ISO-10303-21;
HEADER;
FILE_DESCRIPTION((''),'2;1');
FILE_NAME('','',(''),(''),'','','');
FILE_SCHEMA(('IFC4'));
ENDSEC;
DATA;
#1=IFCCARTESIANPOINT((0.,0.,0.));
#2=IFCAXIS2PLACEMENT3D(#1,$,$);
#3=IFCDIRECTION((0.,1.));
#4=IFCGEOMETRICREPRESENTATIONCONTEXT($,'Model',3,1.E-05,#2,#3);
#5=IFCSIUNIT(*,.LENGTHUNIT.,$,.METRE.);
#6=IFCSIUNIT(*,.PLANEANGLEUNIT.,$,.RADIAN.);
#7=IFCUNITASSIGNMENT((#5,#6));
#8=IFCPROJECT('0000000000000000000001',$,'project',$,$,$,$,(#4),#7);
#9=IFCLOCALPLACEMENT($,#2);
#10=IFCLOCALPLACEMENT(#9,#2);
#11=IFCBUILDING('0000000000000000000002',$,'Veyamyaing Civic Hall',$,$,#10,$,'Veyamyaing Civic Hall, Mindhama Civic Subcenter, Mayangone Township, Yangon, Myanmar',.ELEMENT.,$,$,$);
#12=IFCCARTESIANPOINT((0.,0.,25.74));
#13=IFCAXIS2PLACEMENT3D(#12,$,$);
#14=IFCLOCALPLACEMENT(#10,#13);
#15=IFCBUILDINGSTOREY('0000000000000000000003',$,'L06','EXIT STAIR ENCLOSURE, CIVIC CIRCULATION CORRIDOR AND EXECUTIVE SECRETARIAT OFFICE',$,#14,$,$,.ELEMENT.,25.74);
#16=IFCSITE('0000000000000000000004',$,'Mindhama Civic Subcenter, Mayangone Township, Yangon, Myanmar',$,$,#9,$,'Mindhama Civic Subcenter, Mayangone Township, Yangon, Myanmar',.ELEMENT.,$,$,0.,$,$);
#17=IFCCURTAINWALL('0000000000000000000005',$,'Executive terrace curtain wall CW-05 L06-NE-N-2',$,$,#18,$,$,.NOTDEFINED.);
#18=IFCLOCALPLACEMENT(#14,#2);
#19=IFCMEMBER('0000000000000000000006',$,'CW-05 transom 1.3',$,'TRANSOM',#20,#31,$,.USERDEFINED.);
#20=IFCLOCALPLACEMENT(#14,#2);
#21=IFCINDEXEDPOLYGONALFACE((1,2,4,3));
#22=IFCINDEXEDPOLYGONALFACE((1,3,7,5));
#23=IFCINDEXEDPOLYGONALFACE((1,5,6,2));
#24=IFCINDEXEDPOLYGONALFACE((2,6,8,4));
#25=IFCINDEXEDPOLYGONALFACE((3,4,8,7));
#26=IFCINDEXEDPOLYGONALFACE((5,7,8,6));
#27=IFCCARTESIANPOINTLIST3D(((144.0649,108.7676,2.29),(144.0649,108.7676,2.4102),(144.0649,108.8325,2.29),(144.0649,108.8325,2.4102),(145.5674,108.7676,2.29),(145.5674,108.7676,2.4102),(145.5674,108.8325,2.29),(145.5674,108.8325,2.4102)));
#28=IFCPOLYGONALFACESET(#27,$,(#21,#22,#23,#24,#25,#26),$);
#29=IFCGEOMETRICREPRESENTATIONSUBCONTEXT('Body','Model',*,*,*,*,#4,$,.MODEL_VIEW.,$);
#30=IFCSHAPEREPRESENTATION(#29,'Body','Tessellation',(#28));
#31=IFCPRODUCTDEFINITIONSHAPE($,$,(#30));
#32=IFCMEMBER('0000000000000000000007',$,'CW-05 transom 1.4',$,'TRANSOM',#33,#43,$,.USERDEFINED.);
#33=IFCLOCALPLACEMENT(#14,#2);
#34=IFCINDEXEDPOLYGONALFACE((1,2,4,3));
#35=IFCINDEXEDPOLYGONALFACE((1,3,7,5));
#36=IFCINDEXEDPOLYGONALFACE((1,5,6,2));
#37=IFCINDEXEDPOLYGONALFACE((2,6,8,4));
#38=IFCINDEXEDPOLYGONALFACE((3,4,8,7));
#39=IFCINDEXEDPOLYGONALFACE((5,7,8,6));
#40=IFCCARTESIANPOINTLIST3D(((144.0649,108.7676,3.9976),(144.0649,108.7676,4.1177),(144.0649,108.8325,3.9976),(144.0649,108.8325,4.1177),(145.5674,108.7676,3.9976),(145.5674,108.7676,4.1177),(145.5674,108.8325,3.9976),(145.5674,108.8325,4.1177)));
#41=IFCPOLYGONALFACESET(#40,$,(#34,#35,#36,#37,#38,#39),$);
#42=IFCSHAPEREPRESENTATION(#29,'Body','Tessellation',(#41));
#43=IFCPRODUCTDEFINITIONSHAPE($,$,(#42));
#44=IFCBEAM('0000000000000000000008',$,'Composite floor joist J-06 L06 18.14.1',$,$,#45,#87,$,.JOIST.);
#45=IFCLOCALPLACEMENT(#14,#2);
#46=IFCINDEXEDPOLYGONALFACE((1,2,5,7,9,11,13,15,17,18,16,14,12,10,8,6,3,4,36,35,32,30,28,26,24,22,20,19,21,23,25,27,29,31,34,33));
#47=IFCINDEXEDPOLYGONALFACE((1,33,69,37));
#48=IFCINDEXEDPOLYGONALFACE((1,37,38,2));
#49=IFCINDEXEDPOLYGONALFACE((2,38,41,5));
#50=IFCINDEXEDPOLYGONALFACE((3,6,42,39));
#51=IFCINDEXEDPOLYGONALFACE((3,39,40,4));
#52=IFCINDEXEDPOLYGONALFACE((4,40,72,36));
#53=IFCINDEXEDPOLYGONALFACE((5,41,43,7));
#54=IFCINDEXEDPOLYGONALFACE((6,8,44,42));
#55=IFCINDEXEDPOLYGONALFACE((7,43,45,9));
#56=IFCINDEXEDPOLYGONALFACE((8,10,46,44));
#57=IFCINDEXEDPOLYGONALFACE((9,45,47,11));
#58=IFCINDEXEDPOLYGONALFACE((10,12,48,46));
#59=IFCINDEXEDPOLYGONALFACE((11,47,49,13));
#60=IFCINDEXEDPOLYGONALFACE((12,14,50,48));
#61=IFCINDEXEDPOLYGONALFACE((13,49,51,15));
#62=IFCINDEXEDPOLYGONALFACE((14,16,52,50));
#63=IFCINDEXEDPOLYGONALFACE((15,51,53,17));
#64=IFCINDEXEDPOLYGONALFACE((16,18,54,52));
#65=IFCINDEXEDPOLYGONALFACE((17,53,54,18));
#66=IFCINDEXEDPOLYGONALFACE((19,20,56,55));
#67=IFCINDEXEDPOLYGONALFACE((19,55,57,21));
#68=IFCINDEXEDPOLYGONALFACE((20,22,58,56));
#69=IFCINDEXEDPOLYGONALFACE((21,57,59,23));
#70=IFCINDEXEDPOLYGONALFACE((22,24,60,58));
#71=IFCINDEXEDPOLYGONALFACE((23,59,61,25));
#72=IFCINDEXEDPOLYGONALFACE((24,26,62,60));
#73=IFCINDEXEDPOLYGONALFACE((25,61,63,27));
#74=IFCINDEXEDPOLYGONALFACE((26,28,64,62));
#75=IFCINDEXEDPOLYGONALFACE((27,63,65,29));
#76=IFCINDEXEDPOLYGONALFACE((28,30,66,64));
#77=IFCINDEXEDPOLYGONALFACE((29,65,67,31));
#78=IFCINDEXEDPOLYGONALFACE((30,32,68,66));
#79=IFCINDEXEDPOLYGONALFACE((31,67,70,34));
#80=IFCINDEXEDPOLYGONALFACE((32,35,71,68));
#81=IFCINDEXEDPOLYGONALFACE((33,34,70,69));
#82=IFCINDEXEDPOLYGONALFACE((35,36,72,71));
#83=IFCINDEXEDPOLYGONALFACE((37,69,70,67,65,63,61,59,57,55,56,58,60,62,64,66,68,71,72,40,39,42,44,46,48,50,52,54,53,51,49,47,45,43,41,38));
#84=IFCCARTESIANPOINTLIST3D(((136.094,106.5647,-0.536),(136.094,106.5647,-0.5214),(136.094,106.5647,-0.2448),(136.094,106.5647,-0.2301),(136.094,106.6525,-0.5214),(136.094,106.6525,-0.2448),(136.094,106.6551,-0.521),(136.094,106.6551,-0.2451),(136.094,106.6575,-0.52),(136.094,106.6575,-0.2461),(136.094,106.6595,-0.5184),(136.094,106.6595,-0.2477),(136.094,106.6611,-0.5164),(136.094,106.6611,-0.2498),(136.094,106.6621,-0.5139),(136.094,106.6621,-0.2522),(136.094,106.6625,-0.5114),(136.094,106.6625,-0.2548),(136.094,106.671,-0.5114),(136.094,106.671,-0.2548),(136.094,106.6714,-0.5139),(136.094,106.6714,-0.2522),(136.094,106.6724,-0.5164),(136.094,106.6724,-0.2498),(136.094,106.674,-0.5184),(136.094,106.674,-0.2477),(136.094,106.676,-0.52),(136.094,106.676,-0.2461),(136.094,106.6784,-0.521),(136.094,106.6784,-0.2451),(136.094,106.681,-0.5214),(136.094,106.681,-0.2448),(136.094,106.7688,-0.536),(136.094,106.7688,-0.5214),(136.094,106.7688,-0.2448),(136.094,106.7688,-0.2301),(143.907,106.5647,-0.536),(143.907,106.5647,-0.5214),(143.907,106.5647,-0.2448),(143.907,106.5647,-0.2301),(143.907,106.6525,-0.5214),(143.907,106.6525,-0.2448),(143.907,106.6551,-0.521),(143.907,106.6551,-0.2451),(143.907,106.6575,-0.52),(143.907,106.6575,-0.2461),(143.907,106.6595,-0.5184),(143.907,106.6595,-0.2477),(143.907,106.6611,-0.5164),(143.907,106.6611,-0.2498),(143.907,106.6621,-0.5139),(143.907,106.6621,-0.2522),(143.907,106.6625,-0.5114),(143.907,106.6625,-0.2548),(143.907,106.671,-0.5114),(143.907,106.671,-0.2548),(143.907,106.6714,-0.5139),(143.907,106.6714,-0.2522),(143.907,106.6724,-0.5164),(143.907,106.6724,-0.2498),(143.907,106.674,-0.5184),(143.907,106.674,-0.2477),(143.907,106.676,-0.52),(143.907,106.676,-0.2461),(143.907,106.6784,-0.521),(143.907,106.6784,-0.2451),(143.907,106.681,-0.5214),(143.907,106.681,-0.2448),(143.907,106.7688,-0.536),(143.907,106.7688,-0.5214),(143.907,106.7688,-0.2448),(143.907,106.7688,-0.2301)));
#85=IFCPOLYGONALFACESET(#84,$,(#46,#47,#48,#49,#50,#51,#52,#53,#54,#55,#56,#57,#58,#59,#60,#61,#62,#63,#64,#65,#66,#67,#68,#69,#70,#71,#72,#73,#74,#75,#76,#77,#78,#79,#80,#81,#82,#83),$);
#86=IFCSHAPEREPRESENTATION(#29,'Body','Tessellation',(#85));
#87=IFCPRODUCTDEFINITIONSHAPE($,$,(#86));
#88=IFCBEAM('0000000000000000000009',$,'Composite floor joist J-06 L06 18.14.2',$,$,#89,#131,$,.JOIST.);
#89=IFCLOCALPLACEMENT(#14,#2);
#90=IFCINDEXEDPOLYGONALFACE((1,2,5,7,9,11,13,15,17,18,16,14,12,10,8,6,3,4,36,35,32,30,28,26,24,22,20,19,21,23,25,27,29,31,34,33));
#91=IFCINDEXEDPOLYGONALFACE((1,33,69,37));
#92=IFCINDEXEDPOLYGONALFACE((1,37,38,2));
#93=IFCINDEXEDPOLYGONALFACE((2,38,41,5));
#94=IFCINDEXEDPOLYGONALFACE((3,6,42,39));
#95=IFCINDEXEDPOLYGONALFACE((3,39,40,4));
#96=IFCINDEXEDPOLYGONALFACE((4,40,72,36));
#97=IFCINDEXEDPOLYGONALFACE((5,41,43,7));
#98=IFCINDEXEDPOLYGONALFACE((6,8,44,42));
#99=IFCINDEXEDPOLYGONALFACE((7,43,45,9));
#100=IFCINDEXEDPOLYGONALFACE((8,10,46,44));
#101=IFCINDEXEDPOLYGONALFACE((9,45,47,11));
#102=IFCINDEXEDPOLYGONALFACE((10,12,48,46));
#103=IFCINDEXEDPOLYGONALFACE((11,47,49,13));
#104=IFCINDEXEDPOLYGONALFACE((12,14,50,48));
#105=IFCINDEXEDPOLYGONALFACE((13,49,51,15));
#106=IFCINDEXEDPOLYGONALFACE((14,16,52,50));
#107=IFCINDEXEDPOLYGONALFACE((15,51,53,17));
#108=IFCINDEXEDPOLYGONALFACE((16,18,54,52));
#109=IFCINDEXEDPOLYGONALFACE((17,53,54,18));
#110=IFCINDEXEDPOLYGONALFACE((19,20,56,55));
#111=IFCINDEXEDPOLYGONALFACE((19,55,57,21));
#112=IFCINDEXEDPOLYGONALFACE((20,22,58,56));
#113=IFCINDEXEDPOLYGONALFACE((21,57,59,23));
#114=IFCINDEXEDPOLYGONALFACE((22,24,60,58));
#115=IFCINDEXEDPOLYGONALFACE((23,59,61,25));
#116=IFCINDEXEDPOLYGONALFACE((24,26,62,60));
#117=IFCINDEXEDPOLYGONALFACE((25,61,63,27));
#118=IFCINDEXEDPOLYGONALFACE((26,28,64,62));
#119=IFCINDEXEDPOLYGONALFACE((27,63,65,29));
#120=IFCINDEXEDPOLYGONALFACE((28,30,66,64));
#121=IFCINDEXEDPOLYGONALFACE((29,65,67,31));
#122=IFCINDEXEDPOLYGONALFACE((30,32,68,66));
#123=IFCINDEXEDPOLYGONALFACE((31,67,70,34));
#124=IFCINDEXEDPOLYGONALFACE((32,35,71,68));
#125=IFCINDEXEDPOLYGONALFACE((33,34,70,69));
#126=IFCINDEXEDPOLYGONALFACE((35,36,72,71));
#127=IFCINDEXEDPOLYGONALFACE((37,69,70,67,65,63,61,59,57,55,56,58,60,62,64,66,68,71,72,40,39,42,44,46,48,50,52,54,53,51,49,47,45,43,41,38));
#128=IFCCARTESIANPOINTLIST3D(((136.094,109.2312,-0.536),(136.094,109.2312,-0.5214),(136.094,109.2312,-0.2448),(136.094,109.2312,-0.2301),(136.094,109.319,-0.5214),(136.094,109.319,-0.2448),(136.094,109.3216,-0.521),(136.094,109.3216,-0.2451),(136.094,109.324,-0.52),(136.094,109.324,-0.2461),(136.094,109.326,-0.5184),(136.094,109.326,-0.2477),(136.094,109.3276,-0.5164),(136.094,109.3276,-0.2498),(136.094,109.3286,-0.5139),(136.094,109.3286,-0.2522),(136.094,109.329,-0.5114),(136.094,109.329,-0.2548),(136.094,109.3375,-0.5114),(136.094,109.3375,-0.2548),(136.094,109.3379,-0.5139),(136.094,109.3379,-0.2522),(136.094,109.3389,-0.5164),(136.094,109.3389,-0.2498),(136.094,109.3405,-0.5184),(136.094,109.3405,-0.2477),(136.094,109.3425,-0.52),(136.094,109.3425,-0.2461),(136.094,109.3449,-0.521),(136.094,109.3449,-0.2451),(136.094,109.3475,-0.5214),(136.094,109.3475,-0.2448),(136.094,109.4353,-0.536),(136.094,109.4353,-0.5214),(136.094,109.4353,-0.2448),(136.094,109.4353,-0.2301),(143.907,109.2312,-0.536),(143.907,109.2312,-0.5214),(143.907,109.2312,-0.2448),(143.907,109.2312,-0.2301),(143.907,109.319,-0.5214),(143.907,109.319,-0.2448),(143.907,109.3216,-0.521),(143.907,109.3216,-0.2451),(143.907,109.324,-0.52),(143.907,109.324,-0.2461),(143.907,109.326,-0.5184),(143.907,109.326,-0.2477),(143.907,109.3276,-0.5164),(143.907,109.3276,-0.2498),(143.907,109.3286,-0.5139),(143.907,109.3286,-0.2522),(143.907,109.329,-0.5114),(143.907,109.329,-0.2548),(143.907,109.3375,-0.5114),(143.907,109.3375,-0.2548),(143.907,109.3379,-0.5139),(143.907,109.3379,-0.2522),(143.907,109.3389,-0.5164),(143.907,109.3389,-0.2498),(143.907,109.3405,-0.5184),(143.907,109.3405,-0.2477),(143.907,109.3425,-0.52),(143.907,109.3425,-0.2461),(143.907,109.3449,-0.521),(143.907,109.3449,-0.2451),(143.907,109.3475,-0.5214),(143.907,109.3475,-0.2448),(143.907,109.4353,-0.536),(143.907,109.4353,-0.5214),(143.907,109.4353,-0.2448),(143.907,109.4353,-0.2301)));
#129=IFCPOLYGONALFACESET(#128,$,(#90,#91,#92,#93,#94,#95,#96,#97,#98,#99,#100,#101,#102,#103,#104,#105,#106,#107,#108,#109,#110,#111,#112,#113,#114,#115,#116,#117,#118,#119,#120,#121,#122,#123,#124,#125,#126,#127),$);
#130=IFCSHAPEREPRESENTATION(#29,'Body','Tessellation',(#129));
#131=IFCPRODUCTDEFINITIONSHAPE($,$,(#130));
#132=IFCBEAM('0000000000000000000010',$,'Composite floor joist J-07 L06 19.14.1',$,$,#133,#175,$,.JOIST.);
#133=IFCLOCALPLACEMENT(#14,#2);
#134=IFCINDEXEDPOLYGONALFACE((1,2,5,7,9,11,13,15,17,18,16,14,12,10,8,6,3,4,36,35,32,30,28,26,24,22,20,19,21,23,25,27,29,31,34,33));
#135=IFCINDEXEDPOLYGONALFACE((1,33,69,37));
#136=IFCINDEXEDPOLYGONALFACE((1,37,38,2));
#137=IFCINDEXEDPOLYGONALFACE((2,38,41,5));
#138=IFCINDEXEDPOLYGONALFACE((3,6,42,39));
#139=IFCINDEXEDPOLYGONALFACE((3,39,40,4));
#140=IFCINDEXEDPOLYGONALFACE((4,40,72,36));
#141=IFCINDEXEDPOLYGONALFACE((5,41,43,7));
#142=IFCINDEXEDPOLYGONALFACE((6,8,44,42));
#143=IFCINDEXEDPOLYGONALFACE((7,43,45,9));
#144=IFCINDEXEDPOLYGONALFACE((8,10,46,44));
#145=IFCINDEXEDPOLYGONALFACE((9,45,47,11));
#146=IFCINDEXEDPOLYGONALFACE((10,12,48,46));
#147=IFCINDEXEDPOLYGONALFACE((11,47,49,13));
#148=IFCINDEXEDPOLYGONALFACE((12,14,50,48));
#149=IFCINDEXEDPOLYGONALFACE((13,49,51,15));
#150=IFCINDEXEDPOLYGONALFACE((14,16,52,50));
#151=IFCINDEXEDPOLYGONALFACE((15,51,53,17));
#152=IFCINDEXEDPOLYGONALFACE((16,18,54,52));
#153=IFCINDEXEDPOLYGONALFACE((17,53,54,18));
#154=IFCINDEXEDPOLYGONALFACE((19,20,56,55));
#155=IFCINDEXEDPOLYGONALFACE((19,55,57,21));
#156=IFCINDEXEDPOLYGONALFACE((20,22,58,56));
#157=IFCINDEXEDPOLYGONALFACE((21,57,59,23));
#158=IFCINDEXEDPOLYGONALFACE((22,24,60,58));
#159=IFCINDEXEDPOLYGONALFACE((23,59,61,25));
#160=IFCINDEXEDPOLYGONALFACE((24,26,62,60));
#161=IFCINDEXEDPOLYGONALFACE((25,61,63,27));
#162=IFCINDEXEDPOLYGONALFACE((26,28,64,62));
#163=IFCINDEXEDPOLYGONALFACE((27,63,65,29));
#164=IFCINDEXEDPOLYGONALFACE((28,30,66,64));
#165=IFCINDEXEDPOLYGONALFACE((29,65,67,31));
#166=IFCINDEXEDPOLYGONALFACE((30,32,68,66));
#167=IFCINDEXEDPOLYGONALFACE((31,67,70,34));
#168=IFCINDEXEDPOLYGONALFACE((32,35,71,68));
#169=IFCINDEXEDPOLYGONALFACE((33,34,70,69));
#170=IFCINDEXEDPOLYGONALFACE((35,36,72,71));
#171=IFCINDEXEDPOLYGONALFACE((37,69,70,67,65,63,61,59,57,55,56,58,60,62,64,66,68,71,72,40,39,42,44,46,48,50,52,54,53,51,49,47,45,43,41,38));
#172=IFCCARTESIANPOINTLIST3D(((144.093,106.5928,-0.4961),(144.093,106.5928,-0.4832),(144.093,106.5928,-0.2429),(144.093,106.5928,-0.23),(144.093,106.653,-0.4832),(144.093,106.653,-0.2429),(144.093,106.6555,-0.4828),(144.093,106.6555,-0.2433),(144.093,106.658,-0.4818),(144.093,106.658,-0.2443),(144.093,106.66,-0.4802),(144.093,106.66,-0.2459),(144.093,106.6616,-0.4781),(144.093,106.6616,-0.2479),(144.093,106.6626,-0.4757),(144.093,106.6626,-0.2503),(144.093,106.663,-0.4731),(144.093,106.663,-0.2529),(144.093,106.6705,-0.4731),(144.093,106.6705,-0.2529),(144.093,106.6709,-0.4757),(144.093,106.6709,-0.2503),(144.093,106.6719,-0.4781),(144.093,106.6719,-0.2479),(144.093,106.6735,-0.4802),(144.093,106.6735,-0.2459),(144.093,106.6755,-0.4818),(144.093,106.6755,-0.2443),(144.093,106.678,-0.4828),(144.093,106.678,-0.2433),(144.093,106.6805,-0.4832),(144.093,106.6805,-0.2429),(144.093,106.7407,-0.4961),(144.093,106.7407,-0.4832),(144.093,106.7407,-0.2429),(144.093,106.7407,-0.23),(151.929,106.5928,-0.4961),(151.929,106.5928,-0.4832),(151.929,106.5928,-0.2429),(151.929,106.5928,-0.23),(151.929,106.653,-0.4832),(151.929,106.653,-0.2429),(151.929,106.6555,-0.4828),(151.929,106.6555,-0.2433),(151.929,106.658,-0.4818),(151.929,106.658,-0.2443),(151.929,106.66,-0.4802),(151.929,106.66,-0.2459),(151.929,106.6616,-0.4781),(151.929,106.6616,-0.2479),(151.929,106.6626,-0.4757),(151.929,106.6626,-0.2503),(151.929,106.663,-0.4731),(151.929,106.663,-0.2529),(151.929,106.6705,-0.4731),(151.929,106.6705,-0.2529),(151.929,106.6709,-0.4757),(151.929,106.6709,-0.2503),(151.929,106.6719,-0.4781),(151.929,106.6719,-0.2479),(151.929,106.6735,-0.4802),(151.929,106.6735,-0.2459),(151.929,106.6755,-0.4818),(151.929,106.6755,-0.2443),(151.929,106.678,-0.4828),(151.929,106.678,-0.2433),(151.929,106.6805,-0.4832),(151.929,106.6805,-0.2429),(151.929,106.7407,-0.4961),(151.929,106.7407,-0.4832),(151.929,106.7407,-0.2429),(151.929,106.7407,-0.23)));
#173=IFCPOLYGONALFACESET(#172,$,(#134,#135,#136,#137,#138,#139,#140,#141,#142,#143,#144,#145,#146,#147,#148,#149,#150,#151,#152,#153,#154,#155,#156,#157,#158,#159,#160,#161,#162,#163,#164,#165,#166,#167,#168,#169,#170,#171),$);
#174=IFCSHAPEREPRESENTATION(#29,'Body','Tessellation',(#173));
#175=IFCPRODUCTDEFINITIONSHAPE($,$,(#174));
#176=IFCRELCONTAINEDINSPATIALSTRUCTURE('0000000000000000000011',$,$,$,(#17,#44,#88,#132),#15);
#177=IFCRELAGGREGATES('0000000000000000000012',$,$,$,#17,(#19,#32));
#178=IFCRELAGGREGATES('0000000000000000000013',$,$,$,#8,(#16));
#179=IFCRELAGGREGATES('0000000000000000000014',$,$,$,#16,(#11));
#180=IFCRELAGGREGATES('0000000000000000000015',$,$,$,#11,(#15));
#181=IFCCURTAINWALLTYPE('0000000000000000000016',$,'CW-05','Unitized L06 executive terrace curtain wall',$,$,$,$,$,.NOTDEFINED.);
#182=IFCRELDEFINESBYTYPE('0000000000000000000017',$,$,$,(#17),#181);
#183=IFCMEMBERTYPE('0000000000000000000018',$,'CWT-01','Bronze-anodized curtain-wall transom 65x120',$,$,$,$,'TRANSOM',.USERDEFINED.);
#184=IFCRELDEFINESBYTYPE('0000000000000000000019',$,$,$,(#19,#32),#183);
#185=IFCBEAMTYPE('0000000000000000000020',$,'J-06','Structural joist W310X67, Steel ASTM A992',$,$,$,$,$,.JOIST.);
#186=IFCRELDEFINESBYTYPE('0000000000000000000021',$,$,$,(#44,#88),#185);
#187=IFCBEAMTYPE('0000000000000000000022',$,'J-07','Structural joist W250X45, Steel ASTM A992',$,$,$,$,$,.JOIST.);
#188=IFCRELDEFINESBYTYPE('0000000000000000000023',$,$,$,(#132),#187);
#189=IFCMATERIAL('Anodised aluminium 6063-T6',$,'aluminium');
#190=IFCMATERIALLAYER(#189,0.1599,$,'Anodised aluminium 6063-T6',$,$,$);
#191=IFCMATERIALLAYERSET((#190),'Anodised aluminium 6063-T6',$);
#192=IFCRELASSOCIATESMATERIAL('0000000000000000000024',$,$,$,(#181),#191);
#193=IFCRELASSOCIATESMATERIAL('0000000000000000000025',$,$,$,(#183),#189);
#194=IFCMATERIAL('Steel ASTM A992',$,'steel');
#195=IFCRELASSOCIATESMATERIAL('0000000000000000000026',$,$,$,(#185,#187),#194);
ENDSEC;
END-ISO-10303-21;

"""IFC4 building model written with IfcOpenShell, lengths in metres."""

from ifc_helpers import new_model, si_unit, direction, frame, origin, origin_2d, place, context, subcontext, project, spatial, rectangle, i_section, extrude, material, layer, layer_set, material_profile, profile_set, type_object, element, aggregate, save


model = new_model("IFC4")

# Units and contexts
model_context = context("Model", 3, precision=1e-05, world=origin(), true_north=direction((0.0, 1.0)))
body_context = subcontext(model_context, "Body", "Model", "MODEL_VIEW")
ifc_project = project(units=[si_unit("LENGTHUNIT", "METRE"), si_unit("PLANEANGLEUNIT", "RADIAN")], contexts=[model_context])

# Site, building, storey
site_placement = place(None, origin())
site = spatial("IfcSite", under=ifc_project, at=site_placement, Name="Mindhama Civic Subcenter, Mayangone Township, Yangon, Myanmar", LongName="Mindhama Civic Subcenter, Mayangone Township, Yangon, Myanmar", CompositionType="ELEMENT", RefElevation=0.0)
building_placement = place(site_placement, origin())
building = spatial("IfcBuilding", under=site, at=building_placement, Name="Veyamyaing Civic Hall", LongName="Veyamyaing Civic Hall, Mindhama Civic Subcenter, Mayangone Township, Yangon, Myanmar", CompositionType="ELEMENT")
storey_placement = place(building_placement, frame((0.0, 0.0, 25.74)))
storey = spatial("IfcBuildingStorey", under=building, at=storey_placement, Name="L06", Description="EXIT STAIR ENCLOSURE, CIVIC CIRCULATION CORRIDOR AND EXECUTIVE SECRETARIAT OFFICE", CompositionType="ELEMENT", Elevation=25.74)

# Shared definitions
ifc_material_1 = material(Name="Steel ASTM A992", Category="steel")

# Curtain wall
ifc_material_2 = material(Name="Anodised aluminium 6063-T6", Category="aluminium")
ifc_layer_1 = layer(ifc_material_2, 0.1599, Name="Anodised aluminium 6063-T6")
ifc_layer_set_1 = layer_set([ifc_layer_1], Name="Anodised aluminium 6063-T6")
curtain_wall_type = type_object("IfcCurtainWallType", Name="CW-05", Description="Unitized L06 executive terrace curtain wall", PredefinedType="NOTDEFINED", material=ifc_layer_set_1)
curtain_wall_1_placement = place(storey_placement, origin())
curtain_wall_1 = element("IfcCurtainWall", 1, at=curtain_wall_1_placement, inside=storey, type_object=curtain_wall_type, Name="Executive terrace curtain wall CW-05 L06-NE-N-2", PredefinedType="NOTDEFINED")

# Members
ifc_material_profile_1 = material_profile(ifc_material_2, rectangle(XDim=0.0649, YDim=0.1201, at=origin_2d()), Name="ALU-TRN-65X120")
ifc_profile_set_1 = profile_set([ifc_material_profile_1], Name="Anodised aluminium 6063-T6")
member_type_1 = type_object("IfcMemberType", Name="CWT-01", Description="Bronze-anodized curtain-wall transom 65x120", ElementType="TRANSOM", PredefinedType="USERDEFINED", material=ifc_profile_set_1)
member_1_placement = place(storey_placement, frame((144.0649, 108.8, 2.3501), z_axis=(1.0, 0.0, 0.0), x_axis=(0.0, 1.0, 0.0)))
member_1 = element("IfcMember", 2, at=member_1_placement, type_object=member_type_1, Name="CW-05 transom 1.3", ObjectType="TRANSOM", PredefinedType="USERDEFINED", context=body_context, shape_type="SweptSolid", body=[
    extrude(rectangle(XDim=0.0649, YDim=0.1201, at=origin_2d()), origin(), (0.0, 0.0, 1.0), 1.5024),
])
member_2_placement = place(storey_placement, frame((144.0649, 108.8, 4.0576), z_axis=(1.0, 0.0, 0.0), x_axis=(0.0, 1.0, 0.0)))
member_2 = element("IfcMember", 3, at=member_2_placement, type_object=member_type_1, Name="CW-05 transom 1.4", ObjectType="TRANSOM", PredefinedType="USERDEFINED", context=body_context, shape_type="SweptSolid", body=[
    extrude(rectangle(XDim=0.0649, YDim=0.1201, at=origin_2d()), origin(), (0.0, 0.0, 1.0), 1.5024),
])

# Beams
ifc_material_profile_2 = material_profile(ifc_material_1, i_section(OverallWidth=0.2041, OverallDepth=0.3059, WebThickness=0.0085, FlangeThickness=0.0146, FilletRadius=0.01, at=origin_2d()), Name="W310X67")
ifc_profile_set_2 = profile_set([ifc_material_profile_2], Name="Steel ASTM A992")
beam_type_1 = type_object("IfcBeamType", Name="J-06", Description="Structural joist W310X67, Steel ASTM A992", PredefinedType="JOIST", material=ifc_profile_set_2)
for number, where, z_axis, x_axis, name in (
    (4, (136.094, 106.6667, -0.3831), (1.0, 0.0, 0.0), (0.0, 1.0, 0.0), "Composite floor joist J-06 L06 18.14.1"),
    (5, (136.094, 109.3333, -0.3831), (1.0, 0.0, 0.0), (0.0, 1.0, 0.0), "Composite floor joist J-06 L06 18.14.2"),
):
    element("IfcBeam", number, at=place(storey_placement, frame(where, z_axis=z_axis, x_axis=x_axis)), inside=storey, type_object=beam_type_1, Name=name, PredefinedType="JOIST", context=body_context, shape_type="SweptSolid", body=[
        extrude(i_section(OverallWidth=0.2041, OverallDepth=0.3059, WebThickness=0.0085, FlangeThickness=0.0146, FilletRadius=0.01, at=origin_2d()), origin(), (0.0, 0.0, 1.0), 7.813),
    ])
ifc_material_profile_3 = material_profile(ifc_material_1, i_section(OverallWidth=0.1479, OverallDepth=0.2661, WebThickness=0.0076, FlangeThickness=0.0129, FilletRadius=0.01, at=origin_2d()), Name="W250X45")
ifc_profile_set_3 = profile_set([ifc_material_profile_3], Name="Steel ASTM A992")
beam_type_2 = type_object("IfcBeamType", Name="J-07", Description="Structural joist W250X45, Steel ASTM A992", PredefinedType="JOIST", material=ifc_profile_set_3)
for number, where, z_axis, x_axis, name in (
    (6, (144.093, 106.6667, -0.363), (1.0, 0.0, 0.0), (0.0, 1.0, 0.0), "Composite floor joist J-07 L06 19.14.1"),
):
    element("IfcBeam", number, at=place(storey_placement, frame(where, z_axis=z_axis, x_axis=x_axis)), inside=storey, type_object=beam_type_2, Name=name, PredefinedType="JOIST", context=body_context, shape_type="SweptSolid", body=[
        extrude(i_section(OverallWidth=0.1479, OverallDepth=0.2661, WebThickness=0.0076, FlangeThickness=0.0129, FilletRadius=0.01, at=origin_2d()), origin(), (0.0, 0.0, 1.0), 7.8359),
    ])

aggregate(curtain_wall_1, [member_1, member_2])

save(model, "model.ifc")
